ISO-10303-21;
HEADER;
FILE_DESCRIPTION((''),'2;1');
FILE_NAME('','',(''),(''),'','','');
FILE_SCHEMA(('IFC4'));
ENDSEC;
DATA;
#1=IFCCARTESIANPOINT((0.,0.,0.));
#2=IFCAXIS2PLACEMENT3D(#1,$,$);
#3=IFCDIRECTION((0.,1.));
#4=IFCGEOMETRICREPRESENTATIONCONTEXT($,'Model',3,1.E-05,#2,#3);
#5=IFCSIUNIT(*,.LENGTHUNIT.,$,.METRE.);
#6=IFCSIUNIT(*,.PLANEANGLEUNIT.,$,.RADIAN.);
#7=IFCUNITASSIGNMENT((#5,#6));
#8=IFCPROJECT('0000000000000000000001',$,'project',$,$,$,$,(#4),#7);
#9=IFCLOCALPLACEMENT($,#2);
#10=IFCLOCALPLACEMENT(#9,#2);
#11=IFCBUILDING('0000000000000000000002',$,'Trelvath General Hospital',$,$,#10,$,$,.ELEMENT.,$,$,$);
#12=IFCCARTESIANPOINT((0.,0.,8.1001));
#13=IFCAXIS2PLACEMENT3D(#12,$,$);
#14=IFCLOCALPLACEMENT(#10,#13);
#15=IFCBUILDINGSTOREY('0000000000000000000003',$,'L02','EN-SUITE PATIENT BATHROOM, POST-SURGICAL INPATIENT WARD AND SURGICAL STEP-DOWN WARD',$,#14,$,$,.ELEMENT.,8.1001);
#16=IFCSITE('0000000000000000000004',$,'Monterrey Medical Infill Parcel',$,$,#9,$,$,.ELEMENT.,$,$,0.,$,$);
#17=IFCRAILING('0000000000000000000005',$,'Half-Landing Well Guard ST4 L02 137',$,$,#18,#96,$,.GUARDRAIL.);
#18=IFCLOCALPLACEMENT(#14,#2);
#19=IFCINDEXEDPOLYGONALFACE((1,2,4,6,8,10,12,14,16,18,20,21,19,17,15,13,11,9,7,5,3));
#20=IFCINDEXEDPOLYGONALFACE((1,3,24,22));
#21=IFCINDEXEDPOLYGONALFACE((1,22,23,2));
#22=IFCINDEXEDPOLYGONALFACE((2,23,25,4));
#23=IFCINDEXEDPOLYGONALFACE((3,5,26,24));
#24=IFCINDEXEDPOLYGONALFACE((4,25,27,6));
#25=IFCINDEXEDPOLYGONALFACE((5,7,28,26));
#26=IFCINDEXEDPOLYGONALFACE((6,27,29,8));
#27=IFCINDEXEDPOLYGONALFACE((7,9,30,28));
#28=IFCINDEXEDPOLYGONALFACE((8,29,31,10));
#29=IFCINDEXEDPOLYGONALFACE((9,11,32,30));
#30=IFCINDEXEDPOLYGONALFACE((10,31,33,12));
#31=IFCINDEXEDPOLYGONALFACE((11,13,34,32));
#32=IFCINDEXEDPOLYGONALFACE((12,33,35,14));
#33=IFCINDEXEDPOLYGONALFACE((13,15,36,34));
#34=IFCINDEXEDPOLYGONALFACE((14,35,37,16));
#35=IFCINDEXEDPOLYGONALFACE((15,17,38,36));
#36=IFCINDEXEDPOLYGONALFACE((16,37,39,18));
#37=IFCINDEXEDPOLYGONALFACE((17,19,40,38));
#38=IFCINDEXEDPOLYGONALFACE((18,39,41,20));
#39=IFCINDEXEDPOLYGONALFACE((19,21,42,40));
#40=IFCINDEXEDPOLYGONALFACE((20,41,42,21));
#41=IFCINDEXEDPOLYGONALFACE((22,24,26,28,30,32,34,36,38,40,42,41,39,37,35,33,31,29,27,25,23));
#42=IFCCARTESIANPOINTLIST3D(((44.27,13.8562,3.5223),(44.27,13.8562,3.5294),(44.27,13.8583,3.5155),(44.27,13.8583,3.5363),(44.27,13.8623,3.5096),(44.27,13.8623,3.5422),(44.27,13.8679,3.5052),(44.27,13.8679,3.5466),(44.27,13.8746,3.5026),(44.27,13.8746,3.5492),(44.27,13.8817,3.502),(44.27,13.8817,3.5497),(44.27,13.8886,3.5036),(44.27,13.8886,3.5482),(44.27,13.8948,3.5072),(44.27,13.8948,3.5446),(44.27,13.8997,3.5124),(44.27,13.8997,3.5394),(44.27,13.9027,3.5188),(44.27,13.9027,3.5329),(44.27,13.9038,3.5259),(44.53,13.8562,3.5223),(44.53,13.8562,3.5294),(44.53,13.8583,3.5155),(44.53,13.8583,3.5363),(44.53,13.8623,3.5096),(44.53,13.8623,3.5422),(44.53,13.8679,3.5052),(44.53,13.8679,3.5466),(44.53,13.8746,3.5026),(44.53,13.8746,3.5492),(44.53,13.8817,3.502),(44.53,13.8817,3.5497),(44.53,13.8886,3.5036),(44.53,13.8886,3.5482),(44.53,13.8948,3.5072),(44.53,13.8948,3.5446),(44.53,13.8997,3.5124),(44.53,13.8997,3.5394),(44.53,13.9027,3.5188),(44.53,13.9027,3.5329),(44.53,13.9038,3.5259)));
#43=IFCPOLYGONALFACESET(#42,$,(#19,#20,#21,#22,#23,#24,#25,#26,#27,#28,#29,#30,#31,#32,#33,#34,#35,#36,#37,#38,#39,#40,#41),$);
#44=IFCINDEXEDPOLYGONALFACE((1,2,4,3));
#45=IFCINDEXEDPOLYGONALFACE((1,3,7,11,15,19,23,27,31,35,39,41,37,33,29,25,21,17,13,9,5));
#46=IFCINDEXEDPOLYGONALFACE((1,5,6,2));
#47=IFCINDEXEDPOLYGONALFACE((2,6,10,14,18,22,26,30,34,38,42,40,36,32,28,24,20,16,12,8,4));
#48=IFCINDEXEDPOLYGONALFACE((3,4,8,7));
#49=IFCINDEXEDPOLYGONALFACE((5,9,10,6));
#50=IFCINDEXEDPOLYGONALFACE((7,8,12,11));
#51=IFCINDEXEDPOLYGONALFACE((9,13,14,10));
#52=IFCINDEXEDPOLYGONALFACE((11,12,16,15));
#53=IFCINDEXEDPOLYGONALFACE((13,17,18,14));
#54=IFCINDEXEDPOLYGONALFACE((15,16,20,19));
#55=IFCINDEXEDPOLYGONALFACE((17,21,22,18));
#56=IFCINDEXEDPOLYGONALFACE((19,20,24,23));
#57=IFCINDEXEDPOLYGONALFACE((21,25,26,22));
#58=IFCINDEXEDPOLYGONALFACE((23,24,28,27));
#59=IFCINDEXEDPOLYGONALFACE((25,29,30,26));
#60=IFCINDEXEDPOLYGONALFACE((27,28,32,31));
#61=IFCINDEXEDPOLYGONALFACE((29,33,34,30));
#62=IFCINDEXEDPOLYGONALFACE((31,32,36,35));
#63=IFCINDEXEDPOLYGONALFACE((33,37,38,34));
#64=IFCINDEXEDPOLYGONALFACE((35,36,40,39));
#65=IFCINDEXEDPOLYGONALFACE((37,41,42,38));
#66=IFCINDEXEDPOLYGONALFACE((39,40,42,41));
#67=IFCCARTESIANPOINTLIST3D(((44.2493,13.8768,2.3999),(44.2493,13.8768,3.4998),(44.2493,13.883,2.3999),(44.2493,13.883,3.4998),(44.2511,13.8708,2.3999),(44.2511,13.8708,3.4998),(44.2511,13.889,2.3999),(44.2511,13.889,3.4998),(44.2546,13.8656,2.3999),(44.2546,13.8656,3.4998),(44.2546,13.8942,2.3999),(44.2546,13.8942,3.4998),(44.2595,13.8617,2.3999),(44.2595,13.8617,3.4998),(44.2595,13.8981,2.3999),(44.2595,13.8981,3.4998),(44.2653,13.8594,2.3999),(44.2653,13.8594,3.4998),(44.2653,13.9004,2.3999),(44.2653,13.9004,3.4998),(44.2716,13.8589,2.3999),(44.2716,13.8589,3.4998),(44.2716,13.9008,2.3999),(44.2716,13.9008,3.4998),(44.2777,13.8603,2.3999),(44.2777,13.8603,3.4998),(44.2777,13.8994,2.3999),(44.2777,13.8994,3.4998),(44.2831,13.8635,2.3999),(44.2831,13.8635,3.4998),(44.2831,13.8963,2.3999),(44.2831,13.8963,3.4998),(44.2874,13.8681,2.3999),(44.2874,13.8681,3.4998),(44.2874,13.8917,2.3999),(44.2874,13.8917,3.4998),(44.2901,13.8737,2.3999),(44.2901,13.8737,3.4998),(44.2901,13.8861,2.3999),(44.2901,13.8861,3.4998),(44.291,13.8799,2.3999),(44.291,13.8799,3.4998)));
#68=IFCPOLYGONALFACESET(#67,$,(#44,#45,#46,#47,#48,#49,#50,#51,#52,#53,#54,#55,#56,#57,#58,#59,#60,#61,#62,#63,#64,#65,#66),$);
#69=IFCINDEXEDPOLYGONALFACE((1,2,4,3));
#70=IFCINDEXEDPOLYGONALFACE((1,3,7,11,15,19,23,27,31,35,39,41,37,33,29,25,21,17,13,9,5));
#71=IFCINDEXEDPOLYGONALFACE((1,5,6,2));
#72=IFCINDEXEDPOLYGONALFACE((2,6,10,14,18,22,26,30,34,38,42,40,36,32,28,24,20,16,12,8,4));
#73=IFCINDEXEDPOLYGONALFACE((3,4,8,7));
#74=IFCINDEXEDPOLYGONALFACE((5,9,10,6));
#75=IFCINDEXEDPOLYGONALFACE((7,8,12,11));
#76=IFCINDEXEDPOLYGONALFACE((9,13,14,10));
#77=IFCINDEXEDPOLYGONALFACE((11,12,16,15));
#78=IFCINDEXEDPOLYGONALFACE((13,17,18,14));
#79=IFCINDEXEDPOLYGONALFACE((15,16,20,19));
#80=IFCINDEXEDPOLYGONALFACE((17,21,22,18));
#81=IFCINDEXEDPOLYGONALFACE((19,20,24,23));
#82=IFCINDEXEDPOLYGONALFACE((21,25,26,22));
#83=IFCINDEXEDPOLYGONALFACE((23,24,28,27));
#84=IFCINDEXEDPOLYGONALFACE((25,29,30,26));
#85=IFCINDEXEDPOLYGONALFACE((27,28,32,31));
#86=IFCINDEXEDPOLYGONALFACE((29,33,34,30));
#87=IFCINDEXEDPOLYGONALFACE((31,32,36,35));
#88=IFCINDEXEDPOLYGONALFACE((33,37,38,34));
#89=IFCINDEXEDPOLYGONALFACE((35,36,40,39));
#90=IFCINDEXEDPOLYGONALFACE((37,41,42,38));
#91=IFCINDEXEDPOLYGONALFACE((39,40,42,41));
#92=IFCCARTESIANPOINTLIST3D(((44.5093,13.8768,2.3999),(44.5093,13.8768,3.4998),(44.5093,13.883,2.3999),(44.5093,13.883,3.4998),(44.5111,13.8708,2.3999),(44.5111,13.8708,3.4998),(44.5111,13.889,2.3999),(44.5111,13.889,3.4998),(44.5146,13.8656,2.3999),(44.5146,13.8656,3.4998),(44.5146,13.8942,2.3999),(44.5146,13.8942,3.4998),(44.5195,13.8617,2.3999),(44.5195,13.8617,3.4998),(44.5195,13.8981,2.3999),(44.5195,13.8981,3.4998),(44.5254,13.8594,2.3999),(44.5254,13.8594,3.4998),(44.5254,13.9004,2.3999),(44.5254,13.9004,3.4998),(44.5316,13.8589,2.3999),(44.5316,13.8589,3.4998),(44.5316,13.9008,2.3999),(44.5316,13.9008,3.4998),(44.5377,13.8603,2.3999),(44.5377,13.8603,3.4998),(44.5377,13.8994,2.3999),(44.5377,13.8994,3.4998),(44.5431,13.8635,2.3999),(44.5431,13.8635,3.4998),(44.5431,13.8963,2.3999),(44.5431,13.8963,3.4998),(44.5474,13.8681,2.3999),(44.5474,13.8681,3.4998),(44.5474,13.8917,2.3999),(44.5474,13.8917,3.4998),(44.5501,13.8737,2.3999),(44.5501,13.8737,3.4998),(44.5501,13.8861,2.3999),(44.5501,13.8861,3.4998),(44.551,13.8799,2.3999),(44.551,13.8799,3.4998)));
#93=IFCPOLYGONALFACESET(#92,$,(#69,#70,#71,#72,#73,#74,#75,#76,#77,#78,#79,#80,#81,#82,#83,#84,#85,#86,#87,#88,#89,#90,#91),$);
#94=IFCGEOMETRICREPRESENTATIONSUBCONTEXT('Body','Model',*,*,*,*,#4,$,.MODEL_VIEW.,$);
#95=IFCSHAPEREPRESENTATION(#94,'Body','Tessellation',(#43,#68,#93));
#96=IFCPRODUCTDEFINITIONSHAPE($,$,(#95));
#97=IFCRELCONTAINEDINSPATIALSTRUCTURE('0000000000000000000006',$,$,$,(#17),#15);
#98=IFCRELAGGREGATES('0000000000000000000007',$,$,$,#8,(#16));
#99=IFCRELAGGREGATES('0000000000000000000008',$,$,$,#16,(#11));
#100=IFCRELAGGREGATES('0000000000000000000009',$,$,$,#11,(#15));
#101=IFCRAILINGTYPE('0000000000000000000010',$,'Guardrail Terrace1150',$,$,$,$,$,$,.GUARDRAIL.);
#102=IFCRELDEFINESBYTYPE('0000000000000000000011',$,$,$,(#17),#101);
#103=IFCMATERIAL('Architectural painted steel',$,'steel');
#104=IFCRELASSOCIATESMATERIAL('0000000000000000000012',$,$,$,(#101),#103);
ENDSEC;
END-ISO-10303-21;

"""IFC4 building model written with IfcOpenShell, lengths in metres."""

from ifc_helpers import new_model, si_unit, direction, frame, origin, origin_2d, place, context, subcontext, project, spatial, circle, extrude, material, type_object, element, save


model = new_model("IFC4")

# Units and contexts
model_context = context("Model", 3, precision=1e-05, world=origin(), true_north=direction((0.0, 1.0)))
body_context = subcontext(model_context, "Body", "Model", "MODEL_VIEW")
ifc_project = project(units=[si_unit("LENGTHUNIT", "METRE"), si_unit("PLANEANGLEUNIT", "RADIAN")], contexts=[model_context])

# Site, building, storey
site_placement = place(None, origin())
site = spatial("IfcSite", under=ifc_project, at=site_placement, Name="Monterrey Medical Infill Parcel", CompositionType="ELEMENT", RefElevation=0.0)
building_placement = place(site_placement, origin())
building = spatial("IfcBuilding", under=site, at=building_placement, Name="Trelvath General Hospital", CompositionType="ELEMENT")
storey_placement = place(building_placement, frame((0.0, 0.0, 8.1001)))
storey = spatial("IfcBuildingStorey", under=building, at=storey_placement, Name="L02", Description="EN-SUITE PATIENT BATHROOM, POST-SURGICAL INPATIENT WARD AND SURGICAL STEP-DOWN WARD", CompositionType="ELEMENT", Elevation=8.1001)

# Railing
ifc_material_1 = material(Name="Architectural painted steel", Category="steel")
railing_type_1 = type_object("IfcRailingType", Name="Guardrail Terrace1150", PredefinedType="GUARDRAIL", material=ifc_material_1)
railing_1_placement = place(storey_placement, frame((44.27, 13.8799, 2.3999)))
element("IfcRailing", 1, at=railing_1_placement, inside=storey, type_object=railing_type_1, Name="Half-Landing Well Guard ST4 L02 137", PredefinedType="GUARDRAIL", context=body_context, shape_type="SweptSolid", body=[
    extrude(circle(Radius=0.0239, at=origin_2d()), frame((0.0, 0.0, 1.126), z_axis=(1.0, 0.0, 0.0), x_axis=(0.0, 1.0, 0.0)), (0.0, 0.0, 1.0), 0.26),
    extrude(circle(Radius=0.021, at=origin_2d()), origin(), (0.0, 0.0, 1.0), 1.0999),
    extrude(circle(Radius=0.021, at=origin_2d()), frame((0.26, 0.0, 0.0)), (0.0, 0.0, 1.0), 1.0999),
])

save(model, "model.ifc")
